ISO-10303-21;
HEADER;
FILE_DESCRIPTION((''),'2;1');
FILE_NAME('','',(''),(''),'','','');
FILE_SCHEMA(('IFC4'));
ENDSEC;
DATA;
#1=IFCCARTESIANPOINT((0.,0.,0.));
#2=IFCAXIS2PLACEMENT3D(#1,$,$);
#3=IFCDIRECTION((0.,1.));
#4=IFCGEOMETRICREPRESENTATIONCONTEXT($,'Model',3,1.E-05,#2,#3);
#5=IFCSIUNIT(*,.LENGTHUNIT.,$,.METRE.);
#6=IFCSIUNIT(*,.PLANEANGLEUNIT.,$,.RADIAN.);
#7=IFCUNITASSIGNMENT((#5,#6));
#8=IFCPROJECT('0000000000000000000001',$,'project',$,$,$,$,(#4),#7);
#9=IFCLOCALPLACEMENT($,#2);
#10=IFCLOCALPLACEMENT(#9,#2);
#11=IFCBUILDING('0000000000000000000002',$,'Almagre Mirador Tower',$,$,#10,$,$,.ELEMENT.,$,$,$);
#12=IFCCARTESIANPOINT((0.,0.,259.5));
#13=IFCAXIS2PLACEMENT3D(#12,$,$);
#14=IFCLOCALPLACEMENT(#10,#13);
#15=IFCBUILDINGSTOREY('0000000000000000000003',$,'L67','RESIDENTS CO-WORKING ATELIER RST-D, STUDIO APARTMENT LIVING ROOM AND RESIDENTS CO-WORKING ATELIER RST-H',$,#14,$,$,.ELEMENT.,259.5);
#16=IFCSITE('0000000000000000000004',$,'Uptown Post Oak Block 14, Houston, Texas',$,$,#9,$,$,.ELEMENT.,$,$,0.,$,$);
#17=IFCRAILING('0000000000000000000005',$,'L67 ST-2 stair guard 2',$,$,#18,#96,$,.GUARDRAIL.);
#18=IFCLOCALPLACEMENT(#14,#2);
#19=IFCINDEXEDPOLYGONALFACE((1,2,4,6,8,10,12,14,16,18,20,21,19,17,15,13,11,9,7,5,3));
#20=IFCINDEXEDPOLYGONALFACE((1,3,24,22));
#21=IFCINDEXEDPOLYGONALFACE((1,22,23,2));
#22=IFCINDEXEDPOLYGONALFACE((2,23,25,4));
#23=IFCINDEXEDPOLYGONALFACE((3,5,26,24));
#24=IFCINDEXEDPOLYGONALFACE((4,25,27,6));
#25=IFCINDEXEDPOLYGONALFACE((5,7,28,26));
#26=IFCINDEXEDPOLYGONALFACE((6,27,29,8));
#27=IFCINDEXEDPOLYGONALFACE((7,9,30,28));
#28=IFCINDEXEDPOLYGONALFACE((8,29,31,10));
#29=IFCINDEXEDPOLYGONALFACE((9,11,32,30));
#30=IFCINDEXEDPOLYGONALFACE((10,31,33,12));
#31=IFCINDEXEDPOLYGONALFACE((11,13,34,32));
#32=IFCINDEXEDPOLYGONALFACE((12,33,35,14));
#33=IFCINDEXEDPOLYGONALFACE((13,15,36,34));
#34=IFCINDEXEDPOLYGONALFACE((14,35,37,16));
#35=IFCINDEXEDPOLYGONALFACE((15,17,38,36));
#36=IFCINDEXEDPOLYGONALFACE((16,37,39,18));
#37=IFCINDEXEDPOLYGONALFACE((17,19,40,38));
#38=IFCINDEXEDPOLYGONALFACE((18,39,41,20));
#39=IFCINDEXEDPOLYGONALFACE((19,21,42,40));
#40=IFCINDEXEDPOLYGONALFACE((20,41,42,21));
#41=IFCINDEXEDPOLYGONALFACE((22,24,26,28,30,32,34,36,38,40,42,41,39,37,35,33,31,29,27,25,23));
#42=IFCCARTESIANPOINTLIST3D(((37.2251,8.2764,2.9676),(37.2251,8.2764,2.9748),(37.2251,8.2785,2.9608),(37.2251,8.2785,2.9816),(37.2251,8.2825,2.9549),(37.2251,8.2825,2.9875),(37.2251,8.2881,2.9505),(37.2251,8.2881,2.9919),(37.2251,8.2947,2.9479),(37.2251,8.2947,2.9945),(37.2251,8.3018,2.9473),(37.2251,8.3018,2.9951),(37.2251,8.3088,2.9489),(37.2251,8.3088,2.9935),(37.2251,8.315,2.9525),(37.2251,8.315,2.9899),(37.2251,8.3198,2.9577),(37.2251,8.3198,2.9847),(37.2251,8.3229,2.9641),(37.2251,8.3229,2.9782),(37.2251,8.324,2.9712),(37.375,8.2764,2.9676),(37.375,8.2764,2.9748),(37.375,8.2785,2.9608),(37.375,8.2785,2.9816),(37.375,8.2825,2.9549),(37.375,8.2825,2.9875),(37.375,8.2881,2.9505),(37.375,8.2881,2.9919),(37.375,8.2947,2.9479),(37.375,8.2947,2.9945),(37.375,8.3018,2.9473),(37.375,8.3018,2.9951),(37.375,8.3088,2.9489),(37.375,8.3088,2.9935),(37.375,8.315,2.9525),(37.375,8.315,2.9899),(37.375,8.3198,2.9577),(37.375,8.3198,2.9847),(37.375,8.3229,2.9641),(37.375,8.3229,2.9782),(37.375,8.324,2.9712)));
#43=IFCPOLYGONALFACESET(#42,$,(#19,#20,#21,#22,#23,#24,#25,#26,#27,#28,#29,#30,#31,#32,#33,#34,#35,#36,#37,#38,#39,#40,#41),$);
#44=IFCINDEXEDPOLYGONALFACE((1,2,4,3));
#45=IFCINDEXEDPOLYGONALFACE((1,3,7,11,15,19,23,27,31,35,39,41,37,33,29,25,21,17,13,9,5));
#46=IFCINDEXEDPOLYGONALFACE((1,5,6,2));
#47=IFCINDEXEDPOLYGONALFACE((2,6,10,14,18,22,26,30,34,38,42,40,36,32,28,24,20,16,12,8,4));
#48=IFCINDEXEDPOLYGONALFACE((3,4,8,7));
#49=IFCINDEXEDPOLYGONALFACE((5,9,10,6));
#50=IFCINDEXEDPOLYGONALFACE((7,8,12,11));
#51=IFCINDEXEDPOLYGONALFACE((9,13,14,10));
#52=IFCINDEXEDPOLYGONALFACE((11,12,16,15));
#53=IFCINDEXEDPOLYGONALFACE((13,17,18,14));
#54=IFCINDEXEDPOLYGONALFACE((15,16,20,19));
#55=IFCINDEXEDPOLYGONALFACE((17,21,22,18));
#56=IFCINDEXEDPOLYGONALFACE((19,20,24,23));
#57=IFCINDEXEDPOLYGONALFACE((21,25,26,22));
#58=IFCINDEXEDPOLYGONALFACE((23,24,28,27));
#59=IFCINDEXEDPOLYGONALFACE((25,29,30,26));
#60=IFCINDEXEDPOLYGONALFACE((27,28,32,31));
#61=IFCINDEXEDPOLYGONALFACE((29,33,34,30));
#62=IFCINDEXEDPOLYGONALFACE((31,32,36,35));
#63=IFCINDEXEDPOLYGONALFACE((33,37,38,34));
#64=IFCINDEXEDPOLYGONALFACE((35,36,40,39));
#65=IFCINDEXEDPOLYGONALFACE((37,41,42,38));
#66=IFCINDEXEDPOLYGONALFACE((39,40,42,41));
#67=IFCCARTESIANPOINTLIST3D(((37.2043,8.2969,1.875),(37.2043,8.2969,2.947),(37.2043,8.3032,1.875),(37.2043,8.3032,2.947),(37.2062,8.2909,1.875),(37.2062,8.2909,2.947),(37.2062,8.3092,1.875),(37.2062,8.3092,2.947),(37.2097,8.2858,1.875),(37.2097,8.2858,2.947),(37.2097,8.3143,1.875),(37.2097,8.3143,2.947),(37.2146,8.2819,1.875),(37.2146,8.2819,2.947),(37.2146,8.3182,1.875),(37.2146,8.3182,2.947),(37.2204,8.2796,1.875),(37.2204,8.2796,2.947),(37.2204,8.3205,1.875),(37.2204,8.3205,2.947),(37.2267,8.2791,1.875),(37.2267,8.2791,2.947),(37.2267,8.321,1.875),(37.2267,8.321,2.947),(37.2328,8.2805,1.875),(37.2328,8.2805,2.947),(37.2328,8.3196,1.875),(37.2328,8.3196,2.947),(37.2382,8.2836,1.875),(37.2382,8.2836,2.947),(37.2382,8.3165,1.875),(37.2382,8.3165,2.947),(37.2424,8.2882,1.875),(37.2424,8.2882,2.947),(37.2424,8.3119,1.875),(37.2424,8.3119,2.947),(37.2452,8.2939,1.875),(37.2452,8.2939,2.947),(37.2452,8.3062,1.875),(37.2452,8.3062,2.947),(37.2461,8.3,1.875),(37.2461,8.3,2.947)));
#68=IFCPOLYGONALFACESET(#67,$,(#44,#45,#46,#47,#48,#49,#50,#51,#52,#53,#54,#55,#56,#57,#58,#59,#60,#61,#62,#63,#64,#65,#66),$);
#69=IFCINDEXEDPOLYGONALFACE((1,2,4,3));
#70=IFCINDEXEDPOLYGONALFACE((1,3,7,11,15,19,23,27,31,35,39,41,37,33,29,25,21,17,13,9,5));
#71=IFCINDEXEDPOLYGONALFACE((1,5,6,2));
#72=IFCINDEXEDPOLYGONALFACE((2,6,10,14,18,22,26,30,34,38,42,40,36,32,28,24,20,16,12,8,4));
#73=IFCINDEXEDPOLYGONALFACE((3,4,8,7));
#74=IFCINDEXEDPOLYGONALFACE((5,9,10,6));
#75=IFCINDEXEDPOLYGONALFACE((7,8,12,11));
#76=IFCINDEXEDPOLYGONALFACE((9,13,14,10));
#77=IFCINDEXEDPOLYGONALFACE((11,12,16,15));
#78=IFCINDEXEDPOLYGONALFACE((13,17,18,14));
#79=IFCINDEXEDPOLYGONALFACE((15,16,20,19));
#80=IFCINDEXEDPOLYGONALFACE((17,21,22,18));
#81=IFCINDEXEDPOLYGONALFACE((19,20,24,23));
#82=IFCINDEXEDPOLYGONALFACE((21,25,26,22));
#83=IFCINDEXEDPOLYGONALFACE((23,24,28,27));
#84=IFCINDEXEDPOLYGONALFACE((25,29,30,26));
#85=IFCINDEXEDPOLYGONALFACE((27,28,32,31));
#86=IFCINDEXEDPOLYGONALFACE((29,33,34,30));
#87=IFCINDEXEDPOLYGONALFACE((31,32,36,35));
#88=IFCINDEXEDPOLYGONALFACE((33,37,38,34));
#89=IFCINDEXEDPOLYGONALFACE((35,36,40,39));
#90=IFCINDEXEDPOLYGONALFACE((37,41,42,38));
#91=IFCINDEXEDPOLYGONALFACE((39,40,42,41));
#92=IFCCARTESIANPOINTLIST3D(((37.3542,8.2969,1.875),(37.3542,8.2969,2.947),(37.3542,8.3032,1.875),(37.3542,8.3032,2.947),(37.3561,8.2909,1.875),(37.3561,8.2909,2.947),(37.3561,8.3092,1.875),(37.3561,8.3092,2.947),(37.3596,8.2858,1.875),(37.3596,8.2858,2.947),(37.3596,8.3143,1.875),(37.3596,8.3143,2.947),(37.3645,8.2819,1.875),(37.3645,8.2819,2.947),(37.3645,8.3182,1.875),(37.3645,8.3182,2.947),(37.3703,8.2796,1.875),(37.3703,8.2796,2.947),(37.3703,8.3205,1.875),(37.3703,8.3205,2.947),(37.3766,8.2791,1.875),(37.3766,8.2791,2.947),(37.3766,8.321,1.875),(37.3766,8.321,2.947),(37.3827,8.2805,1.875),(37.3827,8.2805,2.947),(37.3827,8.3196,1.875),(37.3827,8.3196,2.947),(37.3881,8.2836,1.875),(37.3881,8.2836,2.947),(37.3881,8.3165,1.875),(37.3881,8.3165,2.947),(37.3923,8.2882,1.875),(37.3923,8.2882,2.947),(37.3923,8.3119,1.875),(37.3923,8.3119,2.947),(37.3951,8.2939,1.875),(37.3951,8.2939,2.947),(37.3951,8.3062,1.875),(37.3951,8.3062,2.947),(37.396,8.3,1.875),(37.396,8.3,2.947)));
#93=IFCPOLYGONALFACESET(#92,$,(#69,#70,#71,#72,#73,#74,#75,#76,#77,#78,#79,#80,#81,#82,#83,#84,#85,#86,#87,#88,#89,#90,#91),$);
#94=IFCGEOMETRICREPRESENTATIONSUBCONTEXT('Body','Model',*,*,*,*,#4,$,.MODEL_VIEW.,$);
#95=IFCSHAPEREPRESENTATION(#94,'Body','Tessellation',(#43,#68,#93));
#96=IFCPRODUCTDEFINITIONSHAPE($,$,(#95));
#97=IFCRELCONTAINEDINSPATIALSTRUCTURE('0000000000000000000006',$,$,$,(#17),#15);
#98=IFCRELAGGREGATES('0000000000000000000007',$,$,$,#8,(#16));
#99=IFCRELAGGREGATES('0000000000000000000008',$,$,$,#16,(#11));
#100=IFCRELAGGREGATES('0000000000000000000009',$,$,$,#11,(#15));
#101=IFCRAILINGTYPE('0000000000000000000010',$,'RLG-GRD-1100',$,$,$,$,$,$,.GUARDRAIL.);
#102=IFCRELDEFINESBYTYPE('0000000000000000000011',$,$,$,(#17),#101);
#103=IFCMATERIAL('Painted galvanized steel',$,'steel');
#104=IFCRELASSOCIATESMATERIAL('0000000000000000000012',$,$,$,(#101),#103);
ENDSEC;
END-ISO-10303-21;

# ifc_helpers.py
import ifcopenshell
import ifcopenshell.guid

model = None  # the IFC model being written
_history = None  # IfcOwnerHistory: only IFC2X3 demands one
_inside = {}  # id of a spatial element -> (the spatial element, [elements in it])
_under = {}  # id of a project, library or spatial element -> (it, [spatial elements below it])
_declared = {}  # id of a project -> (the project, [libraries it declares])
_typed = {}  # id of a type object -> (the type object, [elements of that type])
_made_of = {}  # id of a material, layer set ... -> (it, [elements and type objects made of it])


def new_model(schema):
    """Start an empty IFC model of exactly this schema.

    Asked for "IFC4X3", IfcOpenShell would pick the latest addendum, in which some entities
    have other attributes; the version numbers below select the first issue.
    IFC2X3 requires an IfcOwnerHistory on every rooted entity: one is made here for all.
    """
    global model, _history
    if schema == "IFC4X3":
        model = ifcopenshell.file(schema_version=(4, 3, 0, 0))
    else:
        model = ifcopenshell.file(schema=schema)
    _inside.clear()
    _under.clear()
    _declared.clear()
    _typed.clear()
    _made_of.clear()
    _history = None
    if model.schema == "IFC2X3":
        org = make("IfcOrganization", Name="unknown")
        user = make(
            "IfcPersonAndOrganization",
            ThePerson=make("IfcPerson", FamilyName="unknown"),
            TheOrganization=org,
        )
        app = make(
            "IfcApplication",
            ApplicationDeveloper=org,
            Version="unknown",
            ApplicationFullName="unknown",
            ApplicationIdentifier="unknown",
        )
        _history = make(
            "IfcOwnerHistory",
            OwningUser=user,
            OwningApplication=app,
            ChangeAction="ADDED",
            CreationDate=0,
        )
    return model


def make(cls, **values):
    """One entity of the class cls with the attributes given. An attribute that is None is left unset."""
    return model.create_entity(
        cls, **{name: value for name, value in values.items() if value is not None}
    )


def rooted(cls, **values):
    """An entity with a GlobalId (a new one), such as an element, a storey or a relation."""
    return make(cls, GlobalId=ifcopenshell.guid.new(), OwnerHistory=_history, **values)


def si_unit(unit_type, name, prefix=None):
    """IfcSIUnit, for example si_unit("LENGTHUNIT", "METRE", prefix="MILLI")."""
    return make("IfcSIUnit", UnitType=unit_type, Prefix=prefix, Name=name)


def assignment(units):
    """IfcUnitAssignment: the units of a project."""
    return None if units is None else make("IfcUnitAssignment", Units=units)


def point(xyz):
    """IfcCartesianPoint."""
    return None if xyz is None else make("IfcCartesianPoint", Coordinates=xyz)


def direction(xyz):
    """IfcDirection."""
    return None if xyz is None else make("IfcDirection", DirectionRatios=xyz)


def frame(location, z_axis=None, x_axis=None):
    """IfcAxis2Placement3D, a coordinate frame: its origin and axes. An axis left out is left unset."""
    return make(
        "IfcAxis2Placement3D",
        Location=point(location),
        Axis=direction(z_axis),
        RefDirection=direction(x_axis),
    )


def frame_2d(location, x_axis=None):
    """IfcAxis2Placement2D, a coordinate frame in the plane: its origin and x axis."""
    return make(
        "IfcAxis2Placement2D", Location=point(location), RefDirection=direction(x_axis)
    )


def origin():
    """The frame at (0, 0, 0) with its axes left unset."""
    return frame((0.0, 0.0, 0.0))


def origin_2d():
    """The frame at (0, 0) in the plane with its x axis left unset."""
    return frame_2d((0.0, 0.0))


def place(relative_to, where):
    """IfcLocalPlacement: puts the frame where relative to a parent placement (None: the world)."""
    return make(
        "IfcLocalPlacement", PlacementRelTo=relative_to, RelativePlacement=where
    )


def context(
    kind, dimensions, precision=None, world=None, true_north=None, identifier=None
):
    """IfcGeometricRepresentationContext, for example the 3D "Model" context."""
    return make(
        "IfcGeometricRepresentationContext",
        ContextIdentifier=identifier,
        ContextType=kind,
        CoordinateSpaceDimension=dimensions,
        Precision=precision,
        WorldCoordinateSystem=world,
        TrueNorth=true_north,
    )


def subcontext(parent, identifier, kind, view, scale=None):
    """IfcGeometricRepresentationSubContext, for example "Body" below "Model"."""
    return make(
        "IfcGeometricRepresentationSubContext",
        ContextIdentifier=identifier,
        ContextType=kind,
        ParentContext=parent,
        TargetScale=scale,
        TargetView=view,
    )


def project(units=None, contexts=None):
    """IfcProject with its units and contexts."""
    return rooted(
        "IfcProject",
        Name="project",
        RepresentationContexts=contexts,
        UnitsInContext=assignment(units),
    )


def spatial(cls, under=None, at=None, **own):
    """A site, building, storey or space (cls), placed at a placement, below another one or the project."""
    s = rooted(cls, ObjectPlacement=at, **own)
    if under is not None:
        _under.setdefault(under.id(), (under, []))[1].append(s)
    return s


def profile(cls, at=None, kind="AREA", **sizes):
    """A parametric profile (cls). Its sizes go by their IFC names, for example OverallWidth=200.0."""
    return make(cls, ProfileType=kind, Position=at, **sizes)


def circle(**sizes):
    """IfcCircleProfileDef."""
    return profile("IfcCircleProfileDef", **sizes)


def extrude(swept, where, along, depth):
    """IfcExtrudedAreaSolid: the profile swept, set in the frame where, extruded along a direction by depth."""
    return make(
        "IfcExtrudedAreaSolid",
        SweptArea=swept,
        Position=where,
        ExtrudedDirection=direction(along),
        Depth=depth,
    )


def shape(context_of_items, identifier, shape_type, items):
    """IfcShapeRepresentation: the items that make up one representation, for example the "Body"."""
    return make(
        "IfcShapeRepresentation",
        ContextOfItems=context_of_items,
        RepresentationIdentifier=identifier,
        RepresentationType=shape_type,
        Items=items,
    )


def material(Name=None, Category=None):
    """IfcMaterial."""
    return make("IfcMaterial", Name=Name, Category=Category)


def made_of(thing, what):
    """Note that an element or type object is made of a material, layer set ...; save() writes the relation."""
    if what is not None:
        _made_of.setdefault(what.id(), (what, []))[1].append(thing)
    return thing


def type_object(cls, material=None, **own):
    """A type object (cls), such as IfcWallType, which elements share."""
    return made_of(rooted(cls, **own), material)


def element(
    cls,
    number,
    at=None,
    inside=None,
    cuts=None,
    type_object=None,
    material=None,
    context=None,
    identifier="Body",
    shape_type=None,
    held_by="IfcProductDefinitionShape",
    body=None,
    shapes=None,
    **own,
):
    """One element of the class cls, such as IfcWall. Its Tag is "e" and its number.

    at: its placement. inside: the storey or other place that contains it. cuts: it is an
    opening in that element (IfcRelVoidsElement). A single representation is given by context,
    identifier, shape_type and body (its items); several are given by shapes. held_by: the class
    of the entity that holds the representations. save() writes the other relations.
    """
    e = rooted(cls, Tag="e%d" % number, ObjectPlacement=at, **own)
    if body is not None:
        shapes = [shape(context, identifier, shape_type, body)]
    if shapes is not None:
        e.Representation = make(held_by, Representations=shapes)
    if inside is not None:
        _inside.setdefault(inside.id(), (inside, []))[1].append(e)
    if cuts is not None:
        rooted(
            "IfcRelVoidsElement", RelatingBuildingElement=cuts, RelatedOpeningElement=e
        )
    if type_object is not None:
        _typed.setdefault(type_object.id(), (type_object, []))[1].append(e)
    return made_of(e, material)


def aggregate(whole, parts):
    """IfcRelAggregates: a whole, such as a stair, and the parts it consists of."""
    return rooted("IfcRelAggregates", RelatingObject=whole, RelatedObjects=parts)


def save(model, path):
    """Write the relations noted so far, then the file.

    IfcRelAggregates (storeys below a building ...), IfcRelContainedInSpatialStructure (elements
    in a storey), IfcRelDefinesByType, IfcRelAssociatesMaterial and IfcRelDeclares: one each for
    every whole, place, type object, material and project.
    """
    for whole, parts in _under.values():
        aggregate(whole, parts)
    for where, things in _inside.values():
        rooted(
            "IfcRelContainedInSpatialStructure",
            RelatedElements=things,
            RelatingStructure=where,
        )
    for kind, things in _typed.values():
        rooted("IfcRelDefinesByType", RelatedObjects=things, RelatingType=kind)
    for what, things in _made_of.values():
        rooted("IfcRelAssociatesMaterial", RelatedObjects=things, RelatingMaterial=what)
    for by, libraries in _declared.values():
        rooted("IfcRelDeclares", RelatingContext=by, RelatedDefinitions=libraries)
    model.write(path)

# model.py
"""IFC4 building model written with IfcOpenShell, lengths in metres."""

from ifc_helpers import new_model, si_unit, direction, frame, origin, origin_2d, place, context, subcontext, project, spatial, circle, extrude, material, type_object, element, save


model = new_model("IFC4")

# Units and contexts
model_context = context("Model", 3, precision=1e-05, world=origin(), true_north=direction((0.0, 1.0)))
body_context = subcontext(model_context, "Body", "Model", "MODEL_VIEW")
ifc_project = project(units=[si_unit("LENGTHUNIT", "METRE"), si_unit("PLANEANGLEUNIT", "RADIAN")], contexts=[model_context])

# Site, building, storey
site_placement = place(None, origin())
site = spatial("IfcSite", under=ifc_project, at=site_placement, Name="Uptown Post Oak Block 14, Houston, Texas", CompositionType="ELEMENT", RefElevation=0.0)
building_placement = place(site_placement, origin())
building = spatial("IfcBuilding", under=site, at=building_placement, Name="Almagre Mirador Tower", CompositionType="ELEMENT")
storey_placement = place(building_placement, frame((0.0, 0.0, 259.5)))
storey = spatial("IfcBuildingStorey", under=building, at=storey_placement, Name="L67", Description="RESIDENTS CO-WORKING ATELIER RST-D, STUDIO APARTMENT LIVING ROOM AND RESIDENTS CO-WORKING ATELIER RST-H", CompositionType="ELEMENT", Elevation=259.5)

# Railing
ifc_material_1 = material(Name="Painted galvanized steel", Category="steel")
railing_type_1 = type_object("IfcRailingType", Name="RLG-GRD-1100", PredefinedType="GUARDRAIL", material=ifc_material_1)
railing_1_placement = place(storey_placement, frame((37.2251, 8.3, 1.875)))
element("IfcRailing", 1, at=railing_1_placement, inside=storey, type_object=railing_type_1, Name="L67 ST-2 stair guard 2", PredefinedType="GUARDRAIL", context=body_context, shape_type="SweptSolid", body=[
    extrude(circle(Radius=0.0239, at=origin_2d()), frame((0.0, 0.0, 1.0962), z_axis=(1.0, 0.0, 0.0), x_axis=(0.0, 1.0, 0.0)), (0.0, 0.0, 1.0), 0.1499),
    extrude(circle(Radius=0.021, at=origin_2d()), origin(), (0.0, 0.0, 1.0), 1.072),
    extrude(circle(Radius=0.021, at=origin_2d()), frame((0.1499, 0.0, 0.0)), (0.0, 0.0, 1.0), 1.072),
])

save(model, "model.ifc")
